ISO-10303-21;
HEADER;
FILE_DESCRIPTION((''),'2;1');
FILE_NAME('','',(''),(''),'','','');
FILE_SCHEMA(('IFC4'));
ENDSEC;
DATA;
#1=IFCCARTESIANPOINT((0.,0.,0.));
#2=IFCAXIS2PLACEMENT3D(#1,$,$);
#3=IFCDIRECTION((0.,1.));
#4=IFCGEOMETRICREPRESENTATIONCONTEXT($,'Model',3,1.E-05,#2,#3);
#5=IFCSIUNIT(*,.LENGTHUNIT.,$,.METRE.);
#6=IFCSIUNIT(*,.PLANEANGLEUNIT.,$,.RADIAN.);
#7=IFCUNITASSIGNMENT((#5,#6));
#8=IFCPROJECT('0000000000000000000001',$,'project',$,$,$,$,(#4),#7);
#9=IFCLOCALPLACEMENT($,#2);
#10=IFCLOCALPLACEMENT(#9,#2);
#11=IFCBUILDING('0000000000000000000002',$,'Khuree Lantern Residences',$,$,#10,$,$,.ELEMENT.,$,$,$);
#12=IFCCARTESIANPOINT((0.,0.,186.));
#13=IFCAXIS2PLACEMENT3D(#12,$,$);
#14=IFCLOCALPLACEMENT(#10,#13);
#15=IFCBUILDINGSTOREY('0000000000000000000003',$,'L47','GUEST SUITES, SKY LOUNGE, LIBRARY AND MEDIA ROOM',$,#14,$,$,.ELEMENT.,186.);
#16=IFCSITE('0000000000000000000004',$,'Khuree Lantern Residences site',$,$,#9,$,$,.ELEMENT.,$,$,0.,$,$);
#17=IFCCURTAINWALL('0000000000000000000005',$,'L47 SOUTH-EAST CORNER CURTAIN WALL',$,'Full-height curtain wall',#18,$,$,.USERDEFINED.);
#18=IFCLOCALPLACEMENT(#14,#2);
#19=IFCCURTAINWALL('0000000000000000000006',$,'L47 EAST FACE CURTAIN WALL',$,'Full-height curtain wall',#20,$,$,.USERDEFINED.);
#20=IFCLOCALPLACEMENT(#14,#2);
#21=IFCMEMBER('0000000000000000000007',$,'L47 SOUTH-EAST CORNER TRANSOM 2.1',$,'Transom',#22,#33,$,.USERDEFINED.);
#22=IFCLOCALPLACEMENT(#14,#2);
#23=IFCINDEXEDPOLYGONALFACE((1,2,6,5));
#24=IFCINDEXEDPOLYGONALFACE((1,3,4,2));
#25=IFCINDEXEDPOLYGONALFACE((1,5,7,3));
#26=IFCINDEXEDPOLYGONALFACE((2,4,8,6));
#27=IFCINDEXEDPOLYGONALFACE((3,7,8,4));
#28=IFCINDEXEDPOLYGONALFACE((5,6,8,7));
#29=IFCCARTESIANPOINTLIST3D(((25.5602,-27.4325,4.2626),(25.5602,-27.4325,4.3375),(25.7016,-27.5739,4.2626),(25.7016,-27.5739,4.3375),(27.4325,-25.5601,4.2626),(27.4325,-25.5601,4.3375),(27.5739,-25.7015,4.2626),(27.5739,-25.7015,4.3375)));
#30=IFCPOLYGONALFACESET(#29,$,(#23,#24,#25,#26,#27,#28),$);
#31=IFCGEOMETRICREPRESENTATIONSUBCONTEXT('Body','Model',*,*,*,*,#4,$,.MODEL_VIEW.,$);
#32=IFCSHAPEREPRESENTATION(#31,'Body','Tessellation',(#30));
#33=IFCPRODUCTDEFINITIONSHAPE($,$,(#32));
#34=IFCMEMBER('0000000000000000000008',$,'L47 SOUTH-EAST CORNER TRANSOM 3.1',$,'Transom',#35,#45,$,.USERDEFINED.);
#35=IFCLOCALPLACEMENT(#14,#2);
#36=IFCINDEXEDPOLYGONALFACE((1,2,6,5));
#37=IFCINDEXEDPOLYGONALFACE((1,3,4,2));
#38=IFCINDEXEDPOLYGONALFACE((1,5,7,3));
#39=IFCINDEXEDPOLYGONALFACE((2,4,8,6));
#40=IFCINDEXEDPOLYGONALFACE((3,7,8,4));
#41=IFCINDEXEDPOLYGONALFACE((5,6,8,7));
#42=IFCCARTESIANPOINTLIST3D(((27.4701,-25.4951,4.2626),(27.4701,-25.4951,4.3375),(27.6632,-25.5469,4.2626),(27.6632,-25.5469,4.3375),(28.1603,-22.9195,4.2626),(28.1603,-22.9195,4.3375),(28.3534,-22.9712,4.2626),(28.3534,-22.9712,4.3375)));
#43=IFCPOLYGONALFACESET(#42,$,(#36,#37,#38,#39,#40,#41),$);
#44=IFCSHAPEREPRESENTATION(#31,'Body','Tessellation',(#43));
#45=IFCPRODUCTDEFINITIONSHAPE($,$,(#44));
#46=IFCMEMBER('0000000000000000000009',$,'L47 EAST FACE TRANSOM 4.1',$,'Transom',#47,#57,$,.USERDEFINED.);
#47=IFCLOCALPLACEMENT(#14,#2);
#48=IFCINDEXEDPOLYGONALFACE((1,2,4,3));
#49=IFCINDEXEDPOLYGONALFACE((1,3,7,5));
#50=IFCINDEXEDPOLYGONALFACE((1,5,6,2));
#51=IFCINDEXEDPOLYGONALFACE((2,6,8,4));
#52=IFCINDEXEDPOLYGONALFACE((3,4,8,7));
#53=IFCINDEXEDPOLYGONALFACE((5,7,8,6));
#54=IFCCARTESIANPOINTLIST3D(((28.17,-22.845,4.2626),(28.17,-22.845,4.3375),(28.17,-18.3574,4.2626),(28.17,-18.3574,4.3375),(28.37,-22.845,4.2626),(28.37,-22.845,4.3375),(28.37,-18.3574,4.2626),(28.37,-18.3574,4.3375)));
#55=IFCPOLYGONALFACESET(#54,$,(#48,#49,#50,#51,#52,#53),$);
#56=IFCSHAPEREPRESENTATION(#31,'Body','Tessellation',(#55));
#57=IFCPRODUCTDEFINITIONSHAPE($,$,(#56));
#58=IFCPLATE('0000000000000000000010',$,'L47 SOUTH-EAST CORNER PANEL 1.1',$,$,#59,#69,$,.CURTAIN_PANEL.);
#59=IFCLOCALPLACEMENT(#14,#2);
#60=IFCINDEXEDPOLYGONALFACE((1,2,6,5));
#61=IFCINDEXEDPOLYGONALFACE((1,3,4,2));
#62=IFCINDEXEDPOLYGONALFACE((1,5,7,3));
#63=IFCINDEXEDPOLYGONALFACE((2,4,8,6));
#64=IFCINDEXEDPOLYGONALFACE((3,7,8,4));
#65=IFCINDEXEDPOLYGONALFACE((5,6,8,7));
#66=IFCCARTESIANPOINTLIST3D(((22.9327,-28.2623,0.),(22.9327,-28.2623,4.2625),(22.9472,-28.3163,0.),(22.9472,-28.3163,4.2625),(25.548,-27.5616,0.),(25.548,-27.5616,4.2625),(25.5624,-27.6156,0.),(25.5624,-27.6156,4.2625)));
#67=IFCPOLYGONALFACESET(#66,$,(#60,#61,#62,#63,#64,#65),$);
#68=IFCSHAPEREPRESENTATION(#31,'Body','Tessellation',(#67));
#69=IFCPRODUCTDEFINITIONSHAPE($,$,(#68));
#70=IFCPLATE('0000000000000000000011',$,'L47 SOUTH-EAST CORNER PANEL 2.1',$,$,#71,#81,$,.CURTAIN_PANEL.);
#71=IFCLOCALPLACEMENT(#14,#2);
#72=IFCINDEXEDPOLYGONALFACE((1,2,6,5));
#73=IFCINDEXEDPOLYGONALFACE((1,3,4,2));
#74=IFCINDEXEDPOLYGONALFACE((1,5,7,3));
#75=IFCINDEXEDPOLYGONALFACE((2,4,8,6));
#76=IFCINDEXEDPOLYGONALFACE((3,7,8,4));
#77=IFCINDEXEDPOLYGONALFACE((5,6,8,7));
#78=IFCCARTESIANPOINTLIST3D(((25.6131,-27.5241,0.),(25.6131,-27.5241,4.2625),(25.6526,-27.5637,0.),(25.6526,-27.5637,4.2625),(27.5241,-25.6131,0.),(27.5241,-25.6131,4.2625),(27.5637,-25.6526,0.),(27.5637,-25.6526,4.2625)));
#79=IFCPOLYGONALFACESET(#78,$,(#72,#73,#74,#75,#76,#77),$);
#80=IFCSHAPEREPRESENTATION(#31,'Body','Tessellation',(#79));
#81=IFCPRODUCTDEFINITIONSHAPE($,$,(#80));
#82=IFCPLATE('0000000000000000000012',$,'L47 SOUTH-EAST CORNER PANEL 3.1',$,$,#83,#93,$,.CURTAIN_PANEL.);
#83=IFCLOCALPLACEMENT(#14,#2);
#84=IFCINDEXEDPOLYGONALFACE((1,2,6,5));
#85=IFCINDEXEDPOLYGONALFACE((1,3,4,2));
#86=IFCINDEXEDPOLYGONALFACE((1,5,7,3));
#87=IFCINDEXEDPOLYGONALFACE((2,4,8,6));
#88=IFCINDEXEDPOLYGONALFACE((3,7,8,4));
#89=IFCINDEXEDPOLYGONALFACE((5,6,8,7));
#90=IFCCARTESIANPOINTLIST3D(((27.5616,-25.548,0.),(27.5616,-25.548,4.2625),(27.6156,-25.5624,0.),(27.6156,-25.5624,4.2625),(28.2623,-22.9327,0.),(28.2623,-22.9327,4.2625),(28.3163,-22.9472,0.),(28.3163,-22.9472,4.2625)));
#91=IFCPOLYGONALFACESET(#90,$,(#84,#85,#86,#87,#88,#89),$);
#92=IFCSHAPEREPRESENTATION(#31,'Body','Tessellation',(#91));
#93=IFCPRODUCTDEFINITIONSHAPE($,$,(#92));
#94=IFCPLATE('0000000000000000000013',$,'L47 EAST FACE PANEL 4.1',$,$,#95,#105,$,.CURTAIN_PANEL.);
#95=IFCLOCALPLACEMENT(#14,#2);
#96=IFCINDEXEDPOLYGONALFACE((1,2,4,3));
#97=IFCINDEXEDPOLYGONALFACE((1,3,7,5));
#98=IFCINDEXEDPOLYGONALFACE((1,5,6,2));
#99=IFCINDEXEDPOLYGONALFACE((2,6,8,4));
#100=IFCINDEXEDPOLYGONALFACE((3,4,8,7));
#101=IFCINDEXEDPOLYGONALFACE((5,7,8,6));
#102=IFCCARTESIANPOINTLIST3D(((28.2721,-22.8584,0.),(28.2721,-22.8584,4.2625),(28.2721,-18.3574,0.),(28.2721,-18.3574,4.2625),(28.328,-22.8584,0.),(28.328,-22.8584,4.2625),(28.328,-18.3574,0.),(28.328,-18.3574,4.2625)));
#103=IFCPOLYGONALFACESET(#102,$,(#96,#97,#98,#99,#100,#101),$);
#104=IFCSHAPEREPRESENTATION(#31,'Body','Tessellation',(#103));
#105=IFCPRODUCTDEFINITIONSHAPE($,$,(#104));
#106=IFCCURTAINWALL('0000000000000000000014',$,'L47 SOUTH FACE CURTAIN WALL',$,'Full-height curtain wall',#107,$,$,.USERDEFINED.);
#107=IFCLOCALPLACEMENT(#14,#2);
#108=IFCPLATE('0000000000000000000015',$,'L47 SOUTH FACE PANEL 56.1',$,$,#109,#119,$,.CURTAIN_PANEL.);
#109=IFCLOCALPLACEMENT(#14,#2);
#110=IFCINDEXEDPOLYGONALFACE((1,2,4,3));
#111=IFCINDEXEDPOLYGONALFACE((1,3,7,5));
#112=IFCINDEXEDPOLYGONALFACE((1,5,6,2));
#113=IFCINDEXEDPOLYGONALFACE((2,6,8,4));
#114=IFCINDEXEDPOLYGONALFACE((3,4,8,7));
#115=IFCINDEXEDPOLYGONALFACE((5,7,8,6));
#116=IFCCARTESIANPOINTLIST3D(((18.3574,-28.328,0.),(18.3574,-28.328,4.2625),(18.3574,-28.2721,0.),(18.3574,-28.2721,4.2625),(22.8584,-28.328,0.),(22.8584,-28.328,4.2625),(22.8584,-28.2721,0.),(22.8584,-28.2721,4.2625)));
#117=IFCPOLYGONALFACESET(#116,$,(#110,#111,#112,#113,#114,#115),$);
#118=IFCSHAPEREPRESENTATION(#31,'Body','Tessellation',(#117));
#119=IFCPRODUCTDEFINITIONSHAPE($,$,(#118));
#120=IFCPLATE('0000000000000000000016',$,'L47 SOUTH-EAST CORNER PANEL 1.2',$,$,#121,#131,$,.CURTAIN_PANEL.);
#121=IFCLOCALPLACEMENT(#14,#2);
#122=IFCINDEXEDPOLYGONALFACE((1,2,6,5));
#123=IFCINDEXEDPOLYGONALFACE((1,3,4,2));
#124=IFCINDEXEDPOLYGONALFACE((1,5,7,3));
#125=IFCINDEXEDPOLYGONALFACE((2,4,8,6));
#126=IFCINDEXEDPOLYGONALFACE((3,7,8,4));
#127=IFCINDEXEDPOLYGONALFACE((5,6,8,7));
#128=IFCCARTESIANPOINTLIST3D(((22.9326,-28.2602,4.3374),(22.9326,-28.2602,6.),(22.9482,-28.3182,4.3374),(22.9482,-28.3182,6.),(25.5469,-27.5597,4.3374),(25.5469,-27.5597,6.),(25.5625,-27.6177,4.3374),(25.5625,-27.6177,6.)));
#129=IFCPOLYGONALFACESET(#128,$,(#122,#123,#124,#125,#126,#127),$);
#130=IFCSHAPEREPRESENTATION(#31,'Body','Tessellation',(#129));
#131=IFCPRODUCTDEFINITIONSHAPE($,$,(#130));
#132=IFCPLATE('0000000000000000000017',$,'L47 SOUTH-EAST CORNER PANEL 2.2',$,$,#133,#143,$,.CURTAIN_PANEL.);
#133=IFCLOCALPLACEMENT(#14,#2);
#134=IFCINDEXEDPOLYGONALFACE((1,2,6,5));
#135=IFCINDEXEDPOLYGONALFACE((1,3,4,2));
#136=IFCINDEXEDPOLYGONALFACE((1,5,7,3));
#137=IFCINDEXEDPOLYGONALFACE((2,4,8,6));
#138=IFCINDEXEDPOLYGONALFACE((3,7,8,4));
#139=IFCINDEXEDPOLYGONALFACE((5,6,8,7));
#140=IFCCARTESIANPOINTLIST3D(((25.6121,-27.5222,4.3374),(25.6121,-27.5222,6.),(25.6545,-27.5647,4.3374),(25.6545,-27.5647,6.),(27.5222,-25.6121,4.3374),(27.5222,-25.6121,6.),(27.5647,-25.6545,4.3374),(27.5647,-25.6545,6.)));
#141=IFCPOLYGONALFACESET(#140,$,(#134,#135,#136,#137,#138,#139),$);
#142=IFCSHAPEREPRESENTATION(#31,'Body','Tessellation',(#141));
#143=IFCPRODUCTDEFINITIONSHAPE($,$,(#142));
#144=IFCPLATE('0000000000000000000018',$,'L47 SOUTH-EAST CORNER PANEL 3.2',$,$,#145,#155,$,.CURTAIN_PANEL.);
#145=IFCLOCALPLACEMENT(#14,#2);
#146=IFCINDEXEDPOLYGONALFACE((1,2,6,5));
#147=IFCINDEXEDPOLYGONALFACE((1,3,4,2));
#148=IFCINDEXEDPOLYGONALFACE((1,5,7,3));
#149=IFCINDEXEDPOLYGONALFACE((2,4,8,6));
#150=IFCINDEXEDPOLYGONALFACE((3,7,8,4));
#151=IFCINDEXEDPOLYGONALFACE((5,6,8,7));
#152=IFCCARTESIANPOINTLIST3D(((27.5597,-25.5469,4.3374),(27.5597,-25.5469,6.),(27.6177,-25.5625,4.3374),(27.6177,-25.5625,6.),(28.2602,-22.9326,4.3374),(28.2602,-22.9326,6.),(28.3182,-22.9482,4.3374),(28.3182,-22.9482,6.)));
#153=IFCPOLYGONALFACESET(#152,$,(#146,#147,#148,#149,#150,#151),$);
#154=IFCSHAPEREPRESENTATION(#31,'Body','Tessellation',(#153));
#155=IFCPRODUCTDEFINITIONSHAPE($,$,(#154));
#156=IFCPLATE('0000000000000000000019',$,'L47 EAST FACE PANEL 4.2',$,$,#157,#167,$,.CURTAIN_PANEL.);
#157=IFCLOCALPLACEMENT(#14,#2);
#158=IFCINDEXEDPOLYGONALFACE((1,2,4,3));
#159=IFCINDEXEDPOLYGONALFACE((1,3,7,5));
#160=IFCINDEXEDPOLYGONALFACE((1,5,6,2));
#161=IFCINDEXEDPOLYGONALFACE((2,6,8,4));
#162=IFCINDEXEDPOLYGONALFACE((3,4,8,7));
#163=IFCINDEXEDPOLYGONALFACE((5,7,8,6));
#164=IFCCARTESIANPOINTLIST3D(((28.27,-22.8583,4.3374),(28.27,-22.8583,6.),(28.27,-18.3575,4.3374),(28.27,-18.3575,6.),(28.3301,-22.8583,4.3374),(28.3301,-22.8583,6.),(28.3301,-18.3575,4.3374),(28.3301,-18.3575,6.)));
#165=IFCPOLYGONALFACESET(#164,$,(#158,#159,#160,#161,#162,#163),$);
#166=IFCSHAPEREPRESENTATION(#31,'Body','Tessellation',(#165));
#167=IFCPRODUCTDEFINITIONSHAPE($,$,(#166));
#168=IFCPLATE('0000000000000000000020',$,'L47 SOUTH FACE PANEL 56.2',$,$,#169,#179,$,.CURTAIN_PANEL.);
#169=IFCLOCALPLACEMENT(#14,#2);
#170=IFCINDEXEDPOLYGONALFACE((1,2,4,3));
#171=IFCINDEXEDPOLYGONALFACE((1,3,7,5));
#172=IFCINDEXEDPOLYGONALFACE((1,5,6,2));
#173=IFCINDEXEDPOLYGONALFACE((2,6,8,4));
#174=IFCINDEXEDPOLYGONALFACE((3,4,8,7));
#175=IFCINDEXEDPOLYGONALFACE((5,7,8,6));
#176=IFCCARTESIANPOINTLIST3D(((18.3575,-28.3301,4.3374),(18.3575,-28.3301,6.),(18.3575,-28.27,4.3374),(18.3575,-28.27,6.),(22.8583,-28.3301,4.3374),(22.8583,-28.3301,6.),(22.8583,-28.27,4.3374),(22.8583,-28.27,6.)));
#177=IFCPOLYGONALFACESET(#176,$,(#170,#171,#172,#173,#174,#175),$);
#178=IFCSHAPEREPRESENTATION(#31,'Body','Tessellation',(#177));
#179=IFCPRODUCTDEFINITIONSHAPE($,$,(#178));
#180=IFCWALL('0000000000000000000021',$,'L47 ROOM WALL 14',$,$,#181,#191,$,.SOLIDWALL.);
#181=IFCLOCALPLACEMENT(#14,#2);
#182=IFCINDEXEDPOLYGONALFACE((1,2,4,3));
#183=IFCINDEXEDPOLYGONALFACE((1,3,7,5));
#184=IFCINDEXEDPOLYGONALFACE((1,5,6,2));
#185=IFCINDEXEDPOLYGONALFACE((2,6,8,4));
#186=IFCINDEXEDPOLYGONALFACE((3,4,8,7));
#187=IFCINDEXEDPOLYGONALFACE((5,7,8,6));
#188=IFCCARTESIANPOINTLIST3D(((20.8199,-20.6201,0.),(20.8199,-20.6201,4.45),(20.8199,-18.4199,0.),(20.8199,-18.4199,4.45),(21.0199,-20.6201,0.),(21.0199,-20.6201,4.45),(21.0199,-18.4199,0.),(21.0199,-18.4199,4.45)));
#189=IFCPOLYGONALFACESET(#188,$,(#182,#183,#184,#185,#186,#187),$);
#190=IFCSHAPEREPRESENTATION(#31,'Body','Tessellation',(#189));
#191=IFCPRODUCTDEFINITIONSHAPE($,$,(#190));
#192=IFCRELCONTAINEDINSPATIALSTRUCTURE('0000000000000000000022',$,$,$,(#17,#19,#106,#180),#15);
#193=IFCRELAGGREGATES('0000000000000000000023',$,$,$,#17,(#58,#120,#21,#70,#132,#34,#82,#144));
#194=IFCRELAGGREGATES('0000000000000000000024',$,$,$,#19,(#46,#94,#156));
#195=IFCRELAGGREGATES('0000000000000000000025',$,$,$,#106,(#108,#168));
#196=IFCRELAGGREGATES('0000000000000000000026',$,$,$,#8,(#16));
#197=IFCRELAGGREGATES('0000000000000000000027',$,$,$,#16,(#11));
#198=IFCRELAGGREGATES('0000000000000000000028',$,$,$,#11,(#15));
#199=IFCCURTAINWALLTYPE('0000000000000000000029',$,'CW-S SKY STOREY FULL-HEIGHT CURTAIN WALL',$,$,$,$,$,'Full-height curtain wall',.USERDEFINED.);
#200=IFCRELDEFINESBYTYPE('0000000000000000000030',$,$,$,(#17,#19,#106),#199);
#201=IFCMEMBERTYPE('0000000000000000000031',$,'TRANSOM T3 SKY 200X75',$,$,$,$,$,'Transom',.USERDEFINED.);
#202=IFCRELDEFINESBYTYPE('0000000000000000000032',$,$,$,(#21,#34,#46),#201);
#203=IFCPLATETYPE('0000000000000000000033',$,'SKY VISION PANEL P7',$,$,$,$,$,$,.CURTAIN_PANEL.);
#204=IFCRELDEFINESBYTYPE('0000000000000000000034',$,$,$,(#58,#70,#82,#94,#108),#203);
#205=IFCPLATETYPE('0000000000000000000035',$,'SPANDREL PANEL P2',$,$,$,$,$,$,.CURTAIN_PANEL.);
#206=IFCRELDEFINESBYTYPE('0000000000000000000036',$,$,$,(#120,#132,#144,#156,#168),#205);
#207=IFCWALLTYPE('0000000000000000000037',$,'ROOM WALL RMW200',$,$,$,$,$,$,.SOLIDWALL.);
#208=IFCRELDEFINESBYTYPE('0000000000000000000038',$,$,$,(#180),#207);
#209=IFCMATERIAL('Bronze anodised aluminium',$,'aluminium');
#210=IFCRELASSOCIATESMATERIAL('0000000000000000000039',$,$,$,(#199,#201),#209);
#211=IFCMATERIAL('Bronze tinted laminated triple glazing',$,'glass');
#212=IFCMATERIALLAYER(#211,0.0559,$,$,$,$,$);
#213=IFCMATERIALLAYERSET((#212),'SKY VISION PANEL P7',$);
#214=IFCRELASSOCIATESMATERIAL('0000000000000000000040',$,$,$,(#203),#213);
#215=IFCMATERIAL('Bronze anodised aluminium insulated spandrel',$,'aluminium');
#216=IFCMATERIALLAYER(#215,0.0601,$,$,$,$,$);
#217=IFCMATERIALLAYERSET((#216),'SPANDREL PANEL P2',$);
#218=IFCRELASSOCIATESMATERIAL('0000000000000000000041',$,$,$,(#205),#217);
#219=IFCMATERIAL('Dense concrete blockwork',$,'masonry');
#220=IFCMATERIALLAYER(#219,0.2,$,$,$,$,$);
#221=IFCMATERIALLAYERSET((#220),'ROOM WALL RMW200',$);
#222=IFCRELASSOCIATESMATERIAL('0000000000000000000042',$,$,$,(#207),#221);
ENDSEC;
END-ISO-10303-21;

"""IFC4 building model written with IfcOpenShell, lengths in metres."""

from ifc_helpers import new_model, si_unit, direction, frame, frame_2d, origin, origin_2d, place, context, subcontext, project, spatial, rectangle, extrude, material, layer, layer_set, material_profile, profile_set, type_object, element, aggregate, save


model = new_model("IFC4")

# Units and contexts
model_context = context("Model", 3, precision=1e-05, world=origin(), true_north=direction((0.0, 1.0)))
body_context = subcontext(model_context, "Body", "Model", "MODEL_VIEW")
ifc_project = project(units=[si_unit("LENGTHUNIT", "METRE"), si_unit("PLANEANGLEUNIT", "RADIAN")], contexts=[model_context])

# Site, building, storey
site_placement = place(None, origin())
site = spatial("IfcSite", under=ifc_project, at=site_placement, Name="Khuree Lantern Residences site", CompositionType="ELEMENT", RefElevation=0.0)
building_placement = place(site_placement, origin())
building = spatial("IfcBuilding", under=site, at=building_placement, Name="Khuree Lantern Residences", CompositionType="ELEMENT")
storey_placement = place(building_placement, frame((0.0, 0.0, 186.0)))
storey = spatial("IfcBuildingStorey", under=building, at=storey_placement, Name="L47", Description="GUEST SUITES, SKY LOUNGE, LIBRARY AND MEDIA ROOM", CompositionType="ELEMENT", Elevation=186.0)

# Curtain wall
ifc_material_1 = material(Name="Bronze anodised aluminium", Category="aluminium")
curtain_wall_type = type_object("IfcCurtainWallType", Name="CW-S SKY STOREY FULL-HEIGHT CURTAIN WALL", ElementType="Full-height curtain wall", PredefinedType="USERDEFINED", material=ifc_material_1)
curtain_wall_1_placement = place(storey_placement, origin())
curtain_wall_1 = element("IfcCurtainWall", 1, at=curtain_wall_1_placement, inside=storey, type_object=curtain_wall_type, Name="L47 SOUTH-EAST CORNER CURTAIN WALL", ObjectType="Full-height curtain wall", PredefinedType="USERDEFINED")

# Curtain wall
curtain_wall_2_placement = place(storey_placement, origin())
curtain_wall_2 = element("IfcCurtainWall", 2, at=curtain_wall_2_placement, inside=storey, type_object=curtain_wall_type, Name="L47 EAST FACE CURTAIN WALL", ObjectType="Full-height curtain wall", PredefinedType="USERDEFINED")

# Members
ifc_material_profile_1 = material_profile(ifc_material_1, rectangle(XDim=0.2, YDim=0.075, at=origin_2d()), Name="T3 200X75")
ifc_profile_set_1 = profile_set([ifc_material_profile_1], Name="Bronze anodised aluminium")
member_type_1 = type_object("IfcMemberType", Name="TRANSOM T3 SKY 200X75", ElementType="Transom", PredefinedType="USERDEFINED", material=ifc_profile_set_1)
member_1_placement = place(storey_placement, frame((25.6309, -27.5032, 4.3), z_axis=(0.707107, 0.707107, 0.0), x_axis=(-0.707107, 0.707107, 0.0)))
member_1 = element("IfcMember", 3, at=member_1_placement, type_object=member_type_1, Name="L47 SOUTH-EAST CORNER TRANSOM 2.1", ObjectType="Transom", PredefinedType="USERDEFINED", context=body_context, shape_type="SweptSolid", body=[
    extrude(rectangle(XDim=0.2, YDim=0.075, at=origin_2d()), origin(), (0.0, 0.0, 1.0), 2.6479),
])
member_2_placement = place(storey_placement, frame((27.5667, -25.521, 4.3), z_axis=(0.258831, 0.965923, 0.0), x_axis=(-0.965923, 0.258831, 0.0)))
member_2 = element("IfcMember", 4, at=member_2_placement, type_object=member_type_1, Name="L47 SOUTH-EAST CORNER TRANSOM 3.1", ObjectType="Transom", PredefinedType="USERDEFINED", context=body_context, shape_type="SweptSolid", body=[
    extrude(rectangle(XDim=0.2, YDim=0.075, at=origin_2d()), origin(), (0.0, 0.0, 1.0), 2.6665),
])
member_3_placement = place(storey_placement, frame((28.27, -22.845, 4.3), z_axis=(0.0, 1.0, 0.0), x_axis=(-1.0, 0.0, 0.0)))
member_3 = element("IfcMember", 5, at=member_3_placement, type_object=member_type_1, Name="L47 EAST FACE TRANSOM 4.1", ObjectType="Transom", PredefinedType="USERDEFINED", context=body_context, shape_type="SweptSolid", body=[
    extrude(rectangle(XDim=0.2, YDim=0.075, at=origin_2d()), origin(), (0.0, 0.0, 1.0), 4.4875),
])

# Plates
ifc_material_2 = material(Name="Bronze tinted laminated triple glazing", Category="glass")
ifc_layer_1 = layer(ifc_material_2, 0.0559)
ifc_layer_set_1 = layer_set([ifc_layer_1], Name="SKY VISION PANEL P7")
plate_type_1 = type_object("IfcPlateType", Name="SKY VISION PANEL P7", PredefinedType="CURTAIN_PANEL", material=ifc_layer_set_1)
plate_1_placement = place(storey_placement, frame((24.2476, -27.939, 0.0), z_axis=(0.0, 0.0, 1.0), x_axis=(0.965926, 0.258819, 0.0)))
plate_1 = element("IfcPlate", 6, at=plate_1_placement, type_object=plate_type_1, Name="L47 SOUTH-EAST CORNER PANEL 1.1", PredefinedType="CURTAIN_PANEL", context=body_context, shape_type="SweptSolid", body=[
    extrude(rectangle(XDim=2.7075, YDim=0.0559, at=origin_2d()), origin(), (0.0, 0.0, 1.0), 4.2625),
])
plate_2_placement = place(storey_placement, frame((26.5884, -26.5884, 0.0), z_axis=(0.0, 0.0, 1.0), x_axis=(0.707107, 0.707107, 0.0)))
plate_2 = element("IfcPlate", 7, at=plate_2_placement, type_object=plate_type_1, Name="L47 SOUTH-EAST CORNER PANEL 2.1", PredefinedType="CURTAIN_PANEL", context=body_context, shape_type="SweptSolid", body=[
    extrude(rectangle(XDim=2.7026, YDim=0.0559, at=origin_2d()), origin(), (0.0, 0.0, 1.0), 4.2625),
])
plate_3_placement = place(storey_placement, frame((27.939, -24.2476, 0.0), z_axis=(0.0, 0.0, 1.0), x_axis=(0.258819, 0.965926, 0.0)))
plate_3 = element("IfcPlate", 8, at=plate_3_placement, type_object=plate_type_1, Name="L47 SOUTH-EAST CORNER PANEL 3.1", PredefinedType="CURTAIN_PANEL", context=body_context, shape_type="SweptSolid", body=[
    extrude(rectangle(XDim=2.7075, YDim=0.0559, at=origin_2d()), origin(), (0.0, 0.0, 1.0), 4.2625),
])
plate_4_placement = place(storey_placement, frame((28.3, -20.6079, 0.0), z_axis=(0.0, 0.0, 1.0), x_axis=(0.0, 1.0, 0.0)))
plate_4 = element("IfcPlate", 9, at=plate_4_placement, type_object=plate_type_1, Name="L47 EAST FACE PANEL 4.1", PredefinedType="CURTAIN_PANEL", context=body_context, shape_type="SweptSolid", body=[
    extrude(rectangle(XDim=4.501, YDim=0.0559, at=origin_2d()), origin(), (0.0, 0.0, 1.0), 4.2625),
])

# Curtain wall, plate
curtain_wall_3_placement = place(storey_placement, origin())
curtain_wall_3 = element("IfcCurtainWall", 10, at=curtain_wall_3_placement, inside=storey, type_object=curtain_wall_type, Name="L47 SOUTH FACE CURTAIN WALL", ObjectType="Full-height curtain wall", PredefinedType="USERDEFINED")
plate_5_placement = place(storey_placement, frame((20.6079, -28.3, 0.0), z_axis=(0.0, 0.0, 1.0), x_axis=(1.0, 0.0, 0.0)))
plate_5 = element("IfcPlate", 11, at=plate_5_placement, type_object=plate_type_1, Name="L47 SOUTH FACE PANEL 56.1", PredefinedType="CURTAIN_PANEL", context=body_context, shape_type="SweptSolid", body=[
    extrude(rectangle(XDim=4.501, YDim=0.0559, at=origin_2d()), origin(), (0.0, 0.0, 1.0), 4.2625),
])

# Plates
ifc_material_3 = material(Name="Bronze anodised aluminium insulated spandrel", Category="aluminium")
ifc_layer_2 = layer(ifc_material_3, 0.0601)
ifc_layer_set_2 = layer_set([ifc_layer_2], Name="SPANDREL PANEL P2")
plate_type_2 = type_object("IfcPlateType", Name="SPANDREL PANEL P2", PredefinedType="CURTAIN_PANEL", material=ifc_layer_set_2)
plate_6_placement = place(storey_placement, frame((24.2476, -27.939, 4.3374), z_axis=(0.0, 0.0, 1.0), x_axis=(0.965926, 0.258819, 0.0)))
plate_6 = element("IfcPlate", 12, at=plate_6_placement, type_object=plate_type_2, Name="L47 SOUTH-EAST CORNER PANEL 1.2", PredefinedType="CURTAIN_PANEL", context=body_context, shape_type="SweptSolid", body=[
    extrude(rectangle(XDim=2.7065, YDim=0.0601, at=origin_2d()), origin(), (0.0, 0.0, 1.0), 1.6626),
])
plate_7_placement = place(storey_placement, frame((26.5884, -26.5884, 4.3374), z_axis=(0.0, 0.0, 1.0), x_axis=(0.707107, 0.707107, 0.0)))
plate_7 = element("IfcPlate", 13, at=plate_7_placement, type_object=plate_type_2, Name="L47 SOUTH-EAST CORNER PANEL 2.2", PredefinedType="CURTAIN_PANEL", context=body_context, shape_type="SweptSolid", body=[
    extrude(rectangle(XDim=2.7014, YDim=0.0601, at=origin_2d()), origin(), (0.0, 0.0, 1.0), 1.6626),
])
plate_8_placement = place(storey_placement, frame((27.939, -24.2476, 4.3374), z_axis=(0.0, 0.0, 1.0), x_axis=(0.258819, 0.965926, 0.0)))
plate_8 = element("IfcPlate", 14, at=plate_8_placement, type_object=plate_type_2, Name="L47 SOUTH-EAST CORNER PANEL 3.2", PredefinedType="CURTAIN_PANEL", context=body_context, shape_type="SweptSolid", body=[
    extrude(rectangle(XDim=2.7065, YDim=0.0601, at=origin_2d()), origin(), (0.0, 0.0, 1.0), 1.6626),
])
aggregate(curtain_wall_1, [plate_1, plate_6, member_1, plate_2, plate_7, member_2, plate_3, plate_8])
plate_9_placement = place(storey_placement, frame((28.3, -20.6079, 4.3374), z_axis=(0.0, 0.0, 1.0), x_axis=(0.0, 1.0, 0.0)))
plate_9 = element("IfcPlate", 15, at=plate_9_placement, type_object=plate_type_2, Name="L47 EAST FACE PANEL 4.2", PredefinedType="CURTAIN_PANEL", context=body_context, shape_type="SweptSolid", body=[
    extrude(rectangle(XDim=4.5007, YDim=0.0601, at=origin_2d()), origin(), (0.0, 0.0, 1.0), 1.6626),
])
aggregate(curtain_wall_2, [member_3, plate_4, plate_9])
plate_10_placement = place(storey_placement, frame((20.6079, -28.3, 4.3374), z_axis=(0.0, 0.0, 1.0), x_axis=(1.0, 0.0, 0.0)))
plate_10 = element("IfcPlate", 16, at=plate_10_placement, type_object=plate_type_2, Name="L47 SOUTH FACE PANEL 56.2", PredefinedType="CURTAIN_PANEL", context=body_context, shape_type="SweptSolid", body=[
    extrude(rectangle(XDim=4.5007, YDim=0.0601, at=origin_2d()), origin(), (0.0, 0.0, 1.0), 1.6626),
])
aggregate(curtain_wall_3, [plate_5, plate_10])

# Wall
ifc_material_4 = material(Name="Dense concrete blockwork", Category="masonry")
ifc_layer_3 = layer(ifc_material_4, 0.2)
ifc_layer_set_3 = layer_set([ifc_layer_3], Name="ROOM WALL RMW200")
wall_type = type_object("IfcWallType", Name="ROOM WALL RMW200", PredefinedType="SOLIDWALL", material=ifc_layer_set_3)
wall_placement = place(storey_placement, frame((20.9199, -20.6201, 0.0), z_axis=(0.0, 0.0, 1.0), x_axis=(0.0, 1.0, 0.0)))
element("IfcWall", 17, at=wall_placement, inside=storey, type_object=wall_type, Name="L47 ROOM WALL 14", PredefinedType="SOLIDWALL", context=body_context, shape_type="SweptSolid", body=[
    extrude(rectangle(XDim=2.2002, YDim=0.2, at=frame_2d((1.1001, 0.0))), origin(), (0.0, 0.0, 1.0), 4.45),
])

save(model, "model.ifc")
